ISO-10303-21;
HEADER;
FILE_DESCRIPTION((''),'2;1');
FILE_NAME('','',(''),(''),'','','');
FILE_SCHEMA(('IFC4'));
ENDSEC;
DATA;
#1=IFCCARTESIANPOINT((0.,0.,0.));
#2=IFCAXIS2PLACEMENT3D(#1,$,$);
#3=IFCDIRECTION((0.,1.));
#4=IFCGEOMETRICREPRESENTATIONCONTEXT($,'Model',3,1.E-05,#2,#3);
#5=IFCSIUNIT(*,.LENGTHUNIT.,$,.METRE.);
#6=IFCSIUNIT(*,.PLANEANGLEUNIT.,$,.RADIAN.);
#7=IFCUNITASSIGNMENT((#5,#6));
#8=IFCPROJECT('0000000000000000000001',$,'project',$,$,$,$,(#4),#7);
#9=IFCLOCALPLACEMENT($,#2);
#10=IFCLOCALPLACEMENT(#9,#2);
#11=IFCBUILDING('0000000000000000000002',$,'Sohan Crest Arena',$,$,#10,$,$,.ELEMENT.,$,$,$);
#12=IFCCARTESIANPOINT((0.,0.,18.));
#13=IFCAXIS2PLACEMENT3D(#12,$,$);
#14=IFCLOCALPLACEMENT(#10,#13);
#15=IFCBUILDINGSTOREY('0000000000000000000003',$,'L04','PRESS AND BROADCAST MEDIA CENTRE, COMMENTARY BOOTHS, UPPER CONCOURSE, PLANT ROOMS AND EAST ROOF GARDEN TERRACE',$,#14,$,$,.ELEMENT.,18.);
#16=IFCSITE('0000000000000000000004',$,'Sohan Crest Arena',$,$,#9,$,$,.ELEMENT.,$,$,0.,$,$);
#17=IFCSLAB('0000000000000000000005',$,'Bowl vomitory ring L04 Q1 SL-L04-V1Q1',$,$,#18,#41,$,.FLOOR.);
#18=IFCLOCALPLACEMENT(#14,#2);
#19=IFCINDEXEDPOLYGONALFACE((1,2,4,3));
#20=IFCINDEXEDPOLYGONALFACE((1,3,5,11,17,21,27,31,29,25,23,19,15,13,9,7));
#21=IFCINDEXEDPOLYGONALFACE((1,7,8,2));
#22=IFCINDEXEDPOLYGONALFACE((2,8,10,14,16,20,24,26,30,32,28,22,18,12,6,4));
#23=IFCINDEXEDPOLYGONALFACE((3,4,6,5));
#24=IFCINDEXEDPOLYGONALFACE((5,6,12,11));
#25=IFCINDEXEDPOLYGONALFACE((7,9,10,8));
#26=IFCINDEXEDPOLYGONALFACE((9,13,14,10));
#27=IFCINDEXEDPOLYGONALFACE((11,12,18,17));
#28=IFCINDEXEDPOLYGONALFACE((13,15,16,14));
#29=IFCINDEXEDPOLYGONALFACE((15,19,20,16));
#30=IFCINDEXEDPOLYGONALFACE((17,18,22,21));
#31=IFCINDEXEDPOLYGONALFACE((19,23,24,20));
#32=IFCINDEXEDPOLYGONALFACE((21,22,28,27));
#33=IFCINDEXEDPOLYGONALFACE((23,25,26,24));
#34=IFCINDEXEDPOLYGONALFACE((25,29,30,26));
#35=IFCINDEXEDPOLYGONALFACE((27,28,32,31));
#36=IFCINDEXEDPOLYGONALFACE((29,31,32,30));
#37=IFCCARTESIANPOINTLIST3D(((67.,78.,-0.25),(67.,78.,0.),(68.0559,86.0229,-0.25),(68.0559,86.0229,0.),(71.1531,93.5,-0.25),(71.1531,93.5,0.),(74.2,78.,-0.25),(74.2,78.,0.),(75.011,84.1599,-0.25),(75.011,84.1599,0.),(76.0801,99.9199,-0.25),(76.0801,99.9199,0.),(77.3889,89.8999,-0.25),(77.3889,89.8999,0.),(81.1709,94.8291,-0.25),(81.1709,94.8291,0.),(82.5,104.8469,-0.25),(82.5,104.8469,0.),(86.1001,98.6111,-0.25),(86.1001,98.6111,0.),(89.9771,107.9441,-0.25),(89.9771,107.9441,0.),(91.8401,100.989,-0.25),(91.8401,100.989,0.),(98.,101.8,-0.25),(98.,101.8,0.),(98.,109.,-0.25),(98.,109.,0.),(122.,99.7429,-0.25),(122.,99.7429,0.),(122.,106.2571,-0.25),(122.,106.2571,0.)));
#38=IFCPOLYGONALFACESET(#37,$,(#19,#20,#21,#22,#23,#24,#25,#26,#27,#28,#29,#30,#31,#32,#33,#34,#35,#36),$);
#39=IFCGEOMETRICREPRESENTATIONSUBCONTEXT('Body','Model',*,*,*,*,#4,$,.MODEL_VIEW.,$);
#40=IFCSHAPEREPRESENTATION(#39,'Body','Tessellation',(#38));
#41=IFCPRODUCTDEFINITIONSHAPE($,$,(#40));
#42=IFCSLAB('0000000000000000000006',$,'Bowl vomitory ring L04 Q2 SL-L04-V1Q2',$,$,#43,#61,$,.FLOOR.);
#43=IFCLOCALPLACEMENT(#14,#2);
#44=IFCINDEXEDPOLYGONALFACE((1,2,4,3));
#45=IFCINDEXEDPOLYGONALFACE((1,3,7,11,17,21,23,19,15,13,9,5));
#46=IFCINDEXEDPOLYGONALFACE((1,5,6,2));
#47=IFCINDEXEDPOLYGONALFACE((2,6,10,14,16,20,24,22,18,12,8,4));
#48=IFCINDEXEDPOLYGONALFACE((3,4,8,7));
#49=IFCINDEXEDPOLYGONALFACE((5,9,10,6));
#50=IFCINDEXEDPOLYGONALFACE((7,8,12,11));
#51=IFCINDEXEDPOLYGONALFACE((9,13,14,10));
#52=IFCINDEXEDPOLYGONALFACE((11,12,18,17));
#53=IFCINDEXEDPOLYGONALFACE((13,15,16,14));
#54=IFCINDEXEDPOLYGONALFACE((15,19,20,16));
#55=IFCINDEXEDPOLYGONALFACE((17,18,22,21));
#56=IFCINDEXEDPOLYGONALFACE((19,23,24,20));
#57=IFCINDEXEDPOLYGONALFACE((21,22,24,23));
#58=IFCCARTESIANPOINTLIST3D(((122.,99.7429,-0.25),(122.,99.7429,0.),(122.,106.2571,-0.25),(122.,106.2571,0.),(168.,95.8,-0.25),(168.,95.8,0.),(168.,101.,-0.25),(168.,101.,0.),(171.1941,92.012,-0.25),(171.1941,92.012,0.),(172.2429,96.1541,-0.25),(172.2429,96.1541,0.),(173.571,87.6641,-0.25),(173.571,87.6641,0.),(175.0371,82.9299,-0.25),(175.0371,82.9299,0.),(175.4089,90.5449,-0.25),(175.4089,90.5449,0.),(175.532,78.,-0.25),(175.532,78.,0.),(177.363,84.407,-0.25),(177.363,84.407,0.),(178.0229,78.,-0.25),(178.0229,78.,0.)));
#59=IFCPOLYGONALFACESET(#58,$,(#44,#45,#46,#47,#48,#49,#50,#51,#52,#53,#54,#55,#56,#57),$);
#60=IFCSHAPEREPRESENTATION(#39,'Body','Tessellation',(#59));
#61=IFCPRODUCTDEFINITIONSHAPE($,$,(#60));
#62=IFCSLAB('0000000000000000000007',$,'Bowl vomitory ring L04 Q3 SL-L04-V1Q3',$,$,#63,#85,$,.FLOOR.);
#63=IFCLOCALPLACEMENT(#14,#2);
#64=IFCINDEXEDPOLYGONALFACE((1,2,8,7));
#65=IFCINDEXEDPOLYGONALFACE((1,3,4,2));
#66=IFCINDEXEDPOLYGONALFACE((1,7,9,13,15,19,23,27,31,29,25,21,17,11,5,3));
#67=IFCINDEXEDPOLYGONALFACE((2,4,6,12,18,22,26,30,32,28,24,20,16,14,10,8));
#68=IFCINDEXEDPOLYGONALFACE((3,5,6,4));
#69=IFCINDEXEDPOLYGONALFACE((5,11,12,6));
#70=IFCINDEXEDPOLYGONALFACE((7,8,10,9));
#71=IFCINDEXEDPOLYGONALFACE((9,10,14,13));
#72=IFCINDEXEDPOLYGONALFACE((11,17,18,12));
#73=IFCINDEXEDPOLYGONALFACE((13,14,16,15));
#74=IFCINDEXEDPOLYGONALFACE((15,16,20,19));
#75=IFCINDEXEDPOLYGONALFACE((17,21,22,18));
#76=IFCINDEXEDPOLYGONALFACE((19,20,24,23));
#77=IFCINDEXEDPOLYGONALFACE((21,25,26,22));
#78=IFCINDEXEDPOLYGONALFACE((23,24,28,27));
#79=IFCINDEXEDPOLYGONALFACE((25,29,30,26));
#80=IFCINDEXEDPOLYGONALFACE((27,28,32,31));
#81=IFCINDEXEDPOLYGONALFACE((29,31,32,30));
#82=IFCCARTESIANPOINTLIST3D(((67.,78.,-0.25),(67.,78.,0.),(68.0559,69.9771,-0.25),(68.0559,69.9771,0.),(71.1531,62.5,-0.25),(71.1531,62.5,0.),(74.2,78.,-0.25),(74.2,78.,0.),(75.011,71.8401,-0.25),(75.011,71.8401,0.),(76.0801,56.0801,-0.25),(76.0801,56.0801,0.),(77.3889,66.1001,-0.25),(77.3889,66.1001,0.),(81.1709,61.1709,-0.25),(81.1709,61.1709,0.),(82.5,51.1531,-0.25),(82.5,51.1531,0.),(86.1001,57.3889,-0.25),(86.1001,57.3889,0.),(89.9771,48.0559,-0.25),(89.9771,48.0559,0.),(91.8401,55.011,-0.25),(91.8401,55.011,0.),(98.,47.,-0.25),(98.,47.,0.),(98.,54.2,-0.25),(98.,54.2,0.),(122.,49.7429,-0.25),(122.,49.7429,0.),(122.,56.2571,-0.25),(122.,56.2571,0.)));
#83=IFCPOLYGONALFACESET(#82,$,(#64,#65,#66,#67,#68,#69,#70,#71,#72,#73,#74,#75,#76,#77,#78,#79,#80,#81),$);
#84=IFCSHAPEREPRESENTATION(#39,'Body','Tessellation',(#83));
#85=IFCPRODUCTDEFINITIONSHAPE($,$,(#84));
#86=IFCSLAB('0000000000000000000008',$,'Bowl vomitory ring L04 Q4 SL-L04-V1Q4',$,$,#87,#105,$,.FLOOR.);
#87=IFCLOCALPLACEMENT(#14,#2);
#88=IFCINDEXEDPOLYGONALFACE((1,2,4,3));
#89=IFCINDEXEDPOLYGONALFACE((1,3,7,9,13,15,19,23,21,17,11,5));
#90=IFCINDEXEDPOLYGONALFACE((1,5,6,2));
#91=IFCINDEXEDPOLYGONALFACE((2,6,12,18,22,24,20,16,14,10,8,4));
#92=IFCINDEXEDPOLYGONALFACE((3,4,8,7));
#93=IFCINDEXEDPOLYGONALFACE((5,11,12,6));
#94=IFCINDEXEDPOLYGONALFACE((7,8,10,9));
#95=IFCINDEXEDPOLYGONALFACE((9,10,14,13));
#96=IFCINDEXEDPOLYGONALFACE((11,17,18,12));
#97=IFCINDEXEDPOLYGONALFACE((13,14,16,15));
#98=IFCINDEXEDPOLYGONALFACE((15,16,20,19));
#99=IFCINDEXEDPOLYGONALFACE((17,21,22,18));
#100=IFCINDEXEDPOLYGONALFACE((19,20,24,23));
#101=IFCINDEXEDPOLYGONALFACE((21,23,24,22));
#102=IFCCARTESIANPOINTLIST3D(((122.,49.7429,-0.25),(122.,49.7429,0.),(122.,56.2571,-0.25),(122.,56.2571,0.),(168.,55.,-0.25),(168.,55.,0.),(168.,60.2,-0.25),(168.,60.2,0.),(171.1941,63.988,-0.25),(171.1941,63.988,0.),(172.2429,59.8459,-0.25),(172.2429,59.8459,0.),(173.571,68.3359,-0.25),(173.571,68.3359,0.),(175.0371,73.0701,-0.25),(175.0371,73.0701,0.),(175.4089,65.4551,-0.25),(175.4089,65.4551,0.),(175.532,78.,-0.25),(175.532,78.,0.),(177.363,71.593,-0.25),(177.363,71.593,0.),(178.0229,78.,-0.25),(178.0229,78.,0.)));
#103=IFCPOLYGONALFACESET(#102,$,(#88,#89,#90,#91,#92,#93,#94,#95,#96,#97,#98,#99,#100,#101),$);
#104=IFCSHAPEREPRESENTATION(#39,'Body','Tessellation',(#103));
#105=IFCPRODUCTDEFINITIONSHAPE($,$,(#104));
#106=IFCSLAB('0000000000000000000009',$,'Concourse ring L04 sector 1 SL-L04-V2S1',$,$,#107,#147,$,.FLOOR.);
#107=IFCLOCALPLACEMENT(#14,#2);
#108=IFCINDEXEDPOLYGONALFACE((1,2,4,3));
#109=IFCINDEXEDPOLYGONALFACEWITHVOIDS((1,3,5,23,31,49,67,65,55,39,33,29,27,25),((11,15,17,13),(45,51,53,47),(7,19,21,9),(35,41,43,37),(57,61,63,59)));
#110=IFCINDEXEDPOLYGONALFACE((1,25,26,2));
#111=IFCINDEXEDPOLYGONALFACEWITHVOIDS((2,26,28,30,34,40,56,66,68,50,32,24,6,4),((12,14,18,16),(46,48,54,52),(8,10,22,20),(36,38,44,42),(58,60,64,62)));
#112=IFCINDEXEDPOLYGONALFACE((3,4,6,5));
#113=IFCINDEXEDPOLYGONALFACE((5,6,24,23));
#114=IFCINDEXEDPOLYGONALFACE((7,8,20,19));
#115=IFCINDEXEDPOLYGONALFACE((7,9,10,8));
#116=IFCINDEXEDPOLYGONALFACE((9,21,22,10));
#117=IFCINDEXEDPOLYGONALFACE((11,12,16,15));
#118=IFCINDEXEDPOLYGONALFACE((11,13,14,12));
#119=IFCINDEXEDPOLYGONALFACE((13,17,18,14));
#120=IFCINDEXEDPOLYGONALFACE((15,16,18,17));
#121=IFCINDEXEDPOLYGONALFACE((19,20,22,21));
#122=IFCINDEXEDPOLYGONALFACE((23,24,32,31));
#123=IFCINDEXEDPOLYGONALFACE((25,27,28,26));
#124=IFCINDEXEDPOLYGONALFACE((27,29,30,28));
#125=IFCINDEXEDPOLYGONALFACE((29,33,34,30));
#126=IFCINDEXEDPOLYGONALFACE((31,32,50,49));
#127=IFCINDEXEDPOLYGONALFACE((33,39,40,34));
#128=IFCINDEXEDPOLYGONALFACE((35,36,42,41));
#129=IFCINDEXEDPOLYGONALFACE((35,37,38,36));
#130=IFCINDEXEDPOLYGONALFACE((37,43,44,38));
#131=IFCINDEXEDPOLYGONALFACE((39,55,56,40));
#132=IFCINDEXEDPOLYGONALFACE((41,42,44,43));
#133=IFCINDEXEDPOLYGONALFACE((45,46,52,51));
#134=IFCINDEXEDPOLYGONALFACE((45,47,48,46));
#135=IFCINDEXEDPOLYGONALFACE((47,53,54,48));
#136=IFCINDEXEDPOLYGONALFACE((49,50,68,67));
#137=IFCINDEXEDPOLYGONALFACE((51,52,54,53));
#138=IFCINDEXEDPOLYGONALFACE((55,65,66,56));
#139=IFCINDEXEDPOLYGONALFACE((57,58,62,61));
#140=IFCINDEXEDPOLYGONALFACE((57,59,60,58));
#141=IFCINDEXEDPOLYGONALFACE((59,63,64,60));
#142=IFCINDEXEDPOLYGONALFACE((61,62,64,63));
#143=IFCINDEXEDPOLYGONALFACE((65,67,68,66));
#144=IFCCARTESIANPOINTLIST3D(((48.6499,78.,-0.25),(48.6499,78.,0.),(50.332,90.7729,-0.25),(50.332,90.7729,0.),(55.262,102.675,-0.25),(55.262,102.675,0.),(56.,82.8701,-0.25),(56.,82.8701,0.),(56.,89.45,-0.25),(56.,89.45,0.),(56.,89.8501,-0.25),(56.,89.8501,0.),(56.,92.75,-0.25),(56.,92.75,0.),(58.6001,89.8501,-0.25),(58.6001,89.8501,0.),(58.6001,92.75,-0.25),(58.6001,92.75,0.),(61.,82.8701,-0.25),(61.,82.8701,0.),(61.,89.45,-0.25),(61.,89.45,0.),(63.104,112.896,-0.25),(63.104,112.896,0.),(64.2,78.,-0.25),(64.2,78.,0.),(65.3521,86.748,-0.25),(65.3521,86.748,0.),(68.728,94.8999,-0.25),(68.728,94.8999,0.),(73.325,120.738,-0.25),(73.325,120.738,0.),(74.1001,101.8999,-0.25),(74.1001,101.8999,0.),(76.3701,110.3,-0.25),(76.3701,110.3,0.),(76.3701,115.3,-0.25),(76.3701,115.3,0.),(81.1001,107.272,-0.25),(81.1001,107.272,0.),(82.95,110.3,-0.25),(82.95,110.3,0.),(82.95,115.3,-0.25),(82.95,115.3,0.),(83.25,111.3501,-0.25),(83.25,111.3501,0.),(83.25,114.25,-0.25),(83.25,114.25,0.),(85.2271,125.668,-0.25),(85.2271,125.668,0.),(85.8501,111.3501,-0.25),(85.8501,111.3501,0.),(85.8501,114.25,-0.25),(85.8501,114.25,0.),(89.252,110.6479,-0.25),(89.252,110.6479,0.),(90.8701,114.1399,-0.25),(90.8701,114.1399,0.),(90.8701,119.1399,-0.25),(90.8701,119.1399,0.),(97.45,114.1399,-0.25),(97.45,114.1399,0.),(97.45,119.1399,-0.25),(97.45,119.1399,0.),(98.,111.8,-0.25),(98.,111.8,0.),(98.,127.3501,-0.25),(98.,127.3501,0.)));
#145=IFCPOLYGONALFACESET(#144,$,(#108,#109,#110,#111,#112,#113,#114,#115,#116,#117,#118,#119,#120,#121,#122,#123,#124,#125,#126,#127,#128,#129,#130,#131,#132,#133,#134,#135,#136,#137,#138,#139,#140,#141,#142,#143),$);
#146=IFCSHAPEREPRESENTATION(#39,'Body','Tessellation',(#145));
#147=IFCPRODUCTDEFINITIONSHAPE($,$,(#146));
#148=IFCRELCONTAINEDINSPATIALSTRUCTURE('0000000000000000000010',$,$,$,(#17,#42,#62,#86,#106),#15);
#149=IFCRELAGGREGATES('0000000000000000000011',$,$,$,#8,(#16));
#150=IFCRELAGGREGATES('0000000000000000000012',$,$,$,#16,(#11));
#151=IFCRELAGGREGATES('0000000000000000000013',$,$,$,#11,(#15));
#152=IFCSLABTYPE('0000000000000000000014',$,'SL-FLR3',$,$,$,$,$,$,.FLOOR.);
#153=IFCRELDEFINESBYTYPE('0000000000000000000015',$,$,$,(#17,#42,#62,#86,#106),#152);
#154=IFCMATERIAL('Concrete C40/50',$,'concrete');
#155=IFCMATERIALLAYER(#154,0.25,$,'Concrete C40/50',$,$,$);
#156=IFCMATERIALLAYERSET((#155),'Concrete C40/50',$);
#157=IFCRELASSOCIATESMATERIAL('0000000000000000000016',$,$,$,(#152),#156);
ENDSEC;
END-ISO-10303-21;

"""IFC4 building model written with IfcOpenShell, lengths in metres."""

from ifc_helpers import new_model, si_unit, direction, frame, origin, place, context, subcontext, project, spatial, polyline, outline, extrude, material, layer, layer_set, type_object, element, save


model = new_model("IFC4")

# Units and contexts
model_context = context("Model", 3, precision=1e-05, world=origin(), true_north=direction((0.0, 1.0)))
body_context = subcontext(model_context, "Body", "Model", "MODEL_VIEW")
ifc_project = project(units=[si_unit("LENGTHUNIT", "METRE"), si_unit("PLANEANGLEUNIT", "RADIAN")], contexts=[model_context])

# Site, building, storey
site_placement = place(None, origin())
site = spatial("IfcSite", under=ifc_project, at=site_placement, Name="Sohan Crest Arena", CompositionType="ELEMENT", RefElevation=0.0)
building_placement = place(site_placement, origin())
building = spatial("IfcBuilding", under=site, at=building_placement, Name="Sohan Crest Arena", CompositionType="ELEMENT")
storey_placement = place(building_placement, frame((0.0, 0.0, 18.0)))
storey = spatial("IfcBuildingStorey", under=building, at=storey_placement, Name="L04", Description="PRESS AND BROADCAST MEDIA CENTRE, COMMENTARY BOOTHS, UPPER CONCOURSE, PLANT ROOMS AND EAST ROOF GARDEN TERRACE", CompositionType="ELEMENT", Elevation=18.0)

# Slabs
ifc_material_1 = material(Name="Concrete C40/50", Category="concrete")
ifc_layer_1 = layer(ifc_material_1, 0.25, Name="Concrete C40/50")
ifc_layer_set_1 = layer_set([ifc_layer_1], Name="Concrete C40/50")
slab_type_1 = type_object("IfcSlabType", Name="SL-FLR3", PredefinedType="FLOOR", material=ifc_layer_set_1)
slab_1_placement = place(storey_placement, frame((0.0, 0.0, -0.25)))
element("IfcSlab", 1, at=slab_1_placement, inside=storey, type_object=slab_type_1, Name="Bowl vomitory ring L04 Q1 SL-L04-V1Q1", PredefinedType="FLOOR", context=body_context, shape_type="SweptSolid", body=[
    extrude(outline(polyline([(68.0559, 86.0229), (71.1531, 93.5), (76.0801, 99.9199), (82.5, 104.8469), (89.9771, 107.9441), (98.0, 109.0), (122.0, 106.2571), (122.0, 99.7429), (98.0, 101.8), (91.8401, 100.989), (86.1001, 98.6111), (81.1709, 94.8291), (77.3889, 89.8999), (75.011, 84.1599), (74.2, 78.0), (67.0, 78.0), (68.0559, 86.0229)])), origin(), (0.0, 0.0, 1.0), 0.25),
])
slab_2_placement = place(storey_placement, frame((0.0, 0.0, -0.25)))
element("IfcSlab", 2, at=slab_2_placement, inside=storey, type_object=slab_type_1, Name="Bowl vomitory ring L04 Q2 SL-L04-V1Q2", PredefinedType="FLOOR", context=body_context, shape_type="SweptSolid", body=[
    extrude(outline(polyline([(122.0, 106.2571), (168.0, 101.0), (172.2429, 96.1541), (175.4089, 90.5449), (177.363, 84.407), (178.0229, 78.0), (175.532, 78.0), (175.0371, 82.9299), (173.571, 87.6641), (171.1941, 92.012), (168.0, 95.8), (122.0, 99.7429), (122.0, 106.2571)])), origin(), (0.0, 0.0, 1.0), 0.25),
])
slab_3_placement = place(storey_placement, frame((0.0, 0.0, -0.25)))
element("IfcSlab", 3, at=slab_3_placement, inside=storey, type_object=slab_type_1, Name="Bowl vomitory ring L04 Q3 SL-L04-V1Q3", PredefinedType="FLOOR", context=body_context, shape_type="SweptSolid", body=[
    extrude(outline(polyline([(122.0, 49.7429), (98.0, 47.0), (89.9771, 48.0559), (82.5, 51.1531), (76.0801, 56.0801), (71.1531, 62.5), (68.0559, 69.9771), (67.0, 78.0), (74.2, 78.0), (75.011, 71.8401), (77.3889, 66.1001), (81.1709, 61.1709), (86.1001, 57.3889), (91.8401, 55.011), (98.0, 54.2), (122.0, 56.2571), (122.0, 49.7429)])), origin(), (0.0, 0.0, 1.0), 0.25),
])
slab_4_placement = place(storey_placement, frame((0.0, 0.0, -0.25)))
element("IfcSlab", 4, at=slab_4_placement, inside=storey, type_object=slab_type_1, Name="Bowl vomitory ring L04 Q4 SL-L04-V1Q4", PredefinedType="FLOOR", context=body_context, shape_type="SweptSolid", body=[
    extrude(outline(polyline([(177.363, 71.593), (175.4089, 65.4551), (172.2429, 59.8459), (168.0, 55.0), (122.0, 49.7429), (122.0, 56.2571), (168.0, 60.2), (171.1941, 63.988), (173.571, 68.3359), (175.0371, 73.0701), (175.532, 78.0), (178.0229, 78.0), (177.363, 71.593)])), origin(), (0.0, 0.0, 1.0), 0.25),
])
slab_5_placement = place(storey_placement, frame((0.0, 0.0, -0.25)))
element("IfcSlab", 5, at=slab_5_placement, inside=storey, type_object=slab_type_1, Name="Concourse ring L04 sector 1 SL-L04-V2S1", PredefinedType="FLOOR", context=body_context, shape_type="SweptSolid", body=[
    extrude(outline(polyline([(50.332, 90.7729), (55.262, 102.675), (63.104, 112.896), (73.325, 120.738), (85.2271, 125.668), (98.0, 127.3501), (98.0, 111.8), (89.252, 110.6479), (81.1001, 107.272), (74.1001, 101.8999), (68.728, 94.8999), (65.3521, 86.748), (64.2, 78.0), (48.6499, 78.0), (50.332, 90.7729)]), holes=[polyline([(56.0, 82.8701), (61.0, 82.8701), (61.0, 89.45), (56.0, 89.45), (56.0, 82.8701)]), polyline([(56.0, 92.75), (56.0, 89.8501), (58.6001, 89.8501), (58.6001, 92.75), (56.0, 92.75)]), polyline([(76.3701, 110.3), (82.95, 110.3), (82.95, 115.3), (76.3701, 115.3), (76.3701, 110.3)]), polyline([(83.25, 114.25), (83.25, 111.3501), (85.8501, 111.3501), (85.8501, 114.25), (83.25, 114.25)]), polyline([(97.45, 114.1399), (97.45, 119.1399), (90.8701, 119.1399), (90.8701, 114.1399), (97.45, 114.1399)])]), origin(), (0.0, 0.0, 1.0), 0.25),
])

save(model, "model.ifc")
